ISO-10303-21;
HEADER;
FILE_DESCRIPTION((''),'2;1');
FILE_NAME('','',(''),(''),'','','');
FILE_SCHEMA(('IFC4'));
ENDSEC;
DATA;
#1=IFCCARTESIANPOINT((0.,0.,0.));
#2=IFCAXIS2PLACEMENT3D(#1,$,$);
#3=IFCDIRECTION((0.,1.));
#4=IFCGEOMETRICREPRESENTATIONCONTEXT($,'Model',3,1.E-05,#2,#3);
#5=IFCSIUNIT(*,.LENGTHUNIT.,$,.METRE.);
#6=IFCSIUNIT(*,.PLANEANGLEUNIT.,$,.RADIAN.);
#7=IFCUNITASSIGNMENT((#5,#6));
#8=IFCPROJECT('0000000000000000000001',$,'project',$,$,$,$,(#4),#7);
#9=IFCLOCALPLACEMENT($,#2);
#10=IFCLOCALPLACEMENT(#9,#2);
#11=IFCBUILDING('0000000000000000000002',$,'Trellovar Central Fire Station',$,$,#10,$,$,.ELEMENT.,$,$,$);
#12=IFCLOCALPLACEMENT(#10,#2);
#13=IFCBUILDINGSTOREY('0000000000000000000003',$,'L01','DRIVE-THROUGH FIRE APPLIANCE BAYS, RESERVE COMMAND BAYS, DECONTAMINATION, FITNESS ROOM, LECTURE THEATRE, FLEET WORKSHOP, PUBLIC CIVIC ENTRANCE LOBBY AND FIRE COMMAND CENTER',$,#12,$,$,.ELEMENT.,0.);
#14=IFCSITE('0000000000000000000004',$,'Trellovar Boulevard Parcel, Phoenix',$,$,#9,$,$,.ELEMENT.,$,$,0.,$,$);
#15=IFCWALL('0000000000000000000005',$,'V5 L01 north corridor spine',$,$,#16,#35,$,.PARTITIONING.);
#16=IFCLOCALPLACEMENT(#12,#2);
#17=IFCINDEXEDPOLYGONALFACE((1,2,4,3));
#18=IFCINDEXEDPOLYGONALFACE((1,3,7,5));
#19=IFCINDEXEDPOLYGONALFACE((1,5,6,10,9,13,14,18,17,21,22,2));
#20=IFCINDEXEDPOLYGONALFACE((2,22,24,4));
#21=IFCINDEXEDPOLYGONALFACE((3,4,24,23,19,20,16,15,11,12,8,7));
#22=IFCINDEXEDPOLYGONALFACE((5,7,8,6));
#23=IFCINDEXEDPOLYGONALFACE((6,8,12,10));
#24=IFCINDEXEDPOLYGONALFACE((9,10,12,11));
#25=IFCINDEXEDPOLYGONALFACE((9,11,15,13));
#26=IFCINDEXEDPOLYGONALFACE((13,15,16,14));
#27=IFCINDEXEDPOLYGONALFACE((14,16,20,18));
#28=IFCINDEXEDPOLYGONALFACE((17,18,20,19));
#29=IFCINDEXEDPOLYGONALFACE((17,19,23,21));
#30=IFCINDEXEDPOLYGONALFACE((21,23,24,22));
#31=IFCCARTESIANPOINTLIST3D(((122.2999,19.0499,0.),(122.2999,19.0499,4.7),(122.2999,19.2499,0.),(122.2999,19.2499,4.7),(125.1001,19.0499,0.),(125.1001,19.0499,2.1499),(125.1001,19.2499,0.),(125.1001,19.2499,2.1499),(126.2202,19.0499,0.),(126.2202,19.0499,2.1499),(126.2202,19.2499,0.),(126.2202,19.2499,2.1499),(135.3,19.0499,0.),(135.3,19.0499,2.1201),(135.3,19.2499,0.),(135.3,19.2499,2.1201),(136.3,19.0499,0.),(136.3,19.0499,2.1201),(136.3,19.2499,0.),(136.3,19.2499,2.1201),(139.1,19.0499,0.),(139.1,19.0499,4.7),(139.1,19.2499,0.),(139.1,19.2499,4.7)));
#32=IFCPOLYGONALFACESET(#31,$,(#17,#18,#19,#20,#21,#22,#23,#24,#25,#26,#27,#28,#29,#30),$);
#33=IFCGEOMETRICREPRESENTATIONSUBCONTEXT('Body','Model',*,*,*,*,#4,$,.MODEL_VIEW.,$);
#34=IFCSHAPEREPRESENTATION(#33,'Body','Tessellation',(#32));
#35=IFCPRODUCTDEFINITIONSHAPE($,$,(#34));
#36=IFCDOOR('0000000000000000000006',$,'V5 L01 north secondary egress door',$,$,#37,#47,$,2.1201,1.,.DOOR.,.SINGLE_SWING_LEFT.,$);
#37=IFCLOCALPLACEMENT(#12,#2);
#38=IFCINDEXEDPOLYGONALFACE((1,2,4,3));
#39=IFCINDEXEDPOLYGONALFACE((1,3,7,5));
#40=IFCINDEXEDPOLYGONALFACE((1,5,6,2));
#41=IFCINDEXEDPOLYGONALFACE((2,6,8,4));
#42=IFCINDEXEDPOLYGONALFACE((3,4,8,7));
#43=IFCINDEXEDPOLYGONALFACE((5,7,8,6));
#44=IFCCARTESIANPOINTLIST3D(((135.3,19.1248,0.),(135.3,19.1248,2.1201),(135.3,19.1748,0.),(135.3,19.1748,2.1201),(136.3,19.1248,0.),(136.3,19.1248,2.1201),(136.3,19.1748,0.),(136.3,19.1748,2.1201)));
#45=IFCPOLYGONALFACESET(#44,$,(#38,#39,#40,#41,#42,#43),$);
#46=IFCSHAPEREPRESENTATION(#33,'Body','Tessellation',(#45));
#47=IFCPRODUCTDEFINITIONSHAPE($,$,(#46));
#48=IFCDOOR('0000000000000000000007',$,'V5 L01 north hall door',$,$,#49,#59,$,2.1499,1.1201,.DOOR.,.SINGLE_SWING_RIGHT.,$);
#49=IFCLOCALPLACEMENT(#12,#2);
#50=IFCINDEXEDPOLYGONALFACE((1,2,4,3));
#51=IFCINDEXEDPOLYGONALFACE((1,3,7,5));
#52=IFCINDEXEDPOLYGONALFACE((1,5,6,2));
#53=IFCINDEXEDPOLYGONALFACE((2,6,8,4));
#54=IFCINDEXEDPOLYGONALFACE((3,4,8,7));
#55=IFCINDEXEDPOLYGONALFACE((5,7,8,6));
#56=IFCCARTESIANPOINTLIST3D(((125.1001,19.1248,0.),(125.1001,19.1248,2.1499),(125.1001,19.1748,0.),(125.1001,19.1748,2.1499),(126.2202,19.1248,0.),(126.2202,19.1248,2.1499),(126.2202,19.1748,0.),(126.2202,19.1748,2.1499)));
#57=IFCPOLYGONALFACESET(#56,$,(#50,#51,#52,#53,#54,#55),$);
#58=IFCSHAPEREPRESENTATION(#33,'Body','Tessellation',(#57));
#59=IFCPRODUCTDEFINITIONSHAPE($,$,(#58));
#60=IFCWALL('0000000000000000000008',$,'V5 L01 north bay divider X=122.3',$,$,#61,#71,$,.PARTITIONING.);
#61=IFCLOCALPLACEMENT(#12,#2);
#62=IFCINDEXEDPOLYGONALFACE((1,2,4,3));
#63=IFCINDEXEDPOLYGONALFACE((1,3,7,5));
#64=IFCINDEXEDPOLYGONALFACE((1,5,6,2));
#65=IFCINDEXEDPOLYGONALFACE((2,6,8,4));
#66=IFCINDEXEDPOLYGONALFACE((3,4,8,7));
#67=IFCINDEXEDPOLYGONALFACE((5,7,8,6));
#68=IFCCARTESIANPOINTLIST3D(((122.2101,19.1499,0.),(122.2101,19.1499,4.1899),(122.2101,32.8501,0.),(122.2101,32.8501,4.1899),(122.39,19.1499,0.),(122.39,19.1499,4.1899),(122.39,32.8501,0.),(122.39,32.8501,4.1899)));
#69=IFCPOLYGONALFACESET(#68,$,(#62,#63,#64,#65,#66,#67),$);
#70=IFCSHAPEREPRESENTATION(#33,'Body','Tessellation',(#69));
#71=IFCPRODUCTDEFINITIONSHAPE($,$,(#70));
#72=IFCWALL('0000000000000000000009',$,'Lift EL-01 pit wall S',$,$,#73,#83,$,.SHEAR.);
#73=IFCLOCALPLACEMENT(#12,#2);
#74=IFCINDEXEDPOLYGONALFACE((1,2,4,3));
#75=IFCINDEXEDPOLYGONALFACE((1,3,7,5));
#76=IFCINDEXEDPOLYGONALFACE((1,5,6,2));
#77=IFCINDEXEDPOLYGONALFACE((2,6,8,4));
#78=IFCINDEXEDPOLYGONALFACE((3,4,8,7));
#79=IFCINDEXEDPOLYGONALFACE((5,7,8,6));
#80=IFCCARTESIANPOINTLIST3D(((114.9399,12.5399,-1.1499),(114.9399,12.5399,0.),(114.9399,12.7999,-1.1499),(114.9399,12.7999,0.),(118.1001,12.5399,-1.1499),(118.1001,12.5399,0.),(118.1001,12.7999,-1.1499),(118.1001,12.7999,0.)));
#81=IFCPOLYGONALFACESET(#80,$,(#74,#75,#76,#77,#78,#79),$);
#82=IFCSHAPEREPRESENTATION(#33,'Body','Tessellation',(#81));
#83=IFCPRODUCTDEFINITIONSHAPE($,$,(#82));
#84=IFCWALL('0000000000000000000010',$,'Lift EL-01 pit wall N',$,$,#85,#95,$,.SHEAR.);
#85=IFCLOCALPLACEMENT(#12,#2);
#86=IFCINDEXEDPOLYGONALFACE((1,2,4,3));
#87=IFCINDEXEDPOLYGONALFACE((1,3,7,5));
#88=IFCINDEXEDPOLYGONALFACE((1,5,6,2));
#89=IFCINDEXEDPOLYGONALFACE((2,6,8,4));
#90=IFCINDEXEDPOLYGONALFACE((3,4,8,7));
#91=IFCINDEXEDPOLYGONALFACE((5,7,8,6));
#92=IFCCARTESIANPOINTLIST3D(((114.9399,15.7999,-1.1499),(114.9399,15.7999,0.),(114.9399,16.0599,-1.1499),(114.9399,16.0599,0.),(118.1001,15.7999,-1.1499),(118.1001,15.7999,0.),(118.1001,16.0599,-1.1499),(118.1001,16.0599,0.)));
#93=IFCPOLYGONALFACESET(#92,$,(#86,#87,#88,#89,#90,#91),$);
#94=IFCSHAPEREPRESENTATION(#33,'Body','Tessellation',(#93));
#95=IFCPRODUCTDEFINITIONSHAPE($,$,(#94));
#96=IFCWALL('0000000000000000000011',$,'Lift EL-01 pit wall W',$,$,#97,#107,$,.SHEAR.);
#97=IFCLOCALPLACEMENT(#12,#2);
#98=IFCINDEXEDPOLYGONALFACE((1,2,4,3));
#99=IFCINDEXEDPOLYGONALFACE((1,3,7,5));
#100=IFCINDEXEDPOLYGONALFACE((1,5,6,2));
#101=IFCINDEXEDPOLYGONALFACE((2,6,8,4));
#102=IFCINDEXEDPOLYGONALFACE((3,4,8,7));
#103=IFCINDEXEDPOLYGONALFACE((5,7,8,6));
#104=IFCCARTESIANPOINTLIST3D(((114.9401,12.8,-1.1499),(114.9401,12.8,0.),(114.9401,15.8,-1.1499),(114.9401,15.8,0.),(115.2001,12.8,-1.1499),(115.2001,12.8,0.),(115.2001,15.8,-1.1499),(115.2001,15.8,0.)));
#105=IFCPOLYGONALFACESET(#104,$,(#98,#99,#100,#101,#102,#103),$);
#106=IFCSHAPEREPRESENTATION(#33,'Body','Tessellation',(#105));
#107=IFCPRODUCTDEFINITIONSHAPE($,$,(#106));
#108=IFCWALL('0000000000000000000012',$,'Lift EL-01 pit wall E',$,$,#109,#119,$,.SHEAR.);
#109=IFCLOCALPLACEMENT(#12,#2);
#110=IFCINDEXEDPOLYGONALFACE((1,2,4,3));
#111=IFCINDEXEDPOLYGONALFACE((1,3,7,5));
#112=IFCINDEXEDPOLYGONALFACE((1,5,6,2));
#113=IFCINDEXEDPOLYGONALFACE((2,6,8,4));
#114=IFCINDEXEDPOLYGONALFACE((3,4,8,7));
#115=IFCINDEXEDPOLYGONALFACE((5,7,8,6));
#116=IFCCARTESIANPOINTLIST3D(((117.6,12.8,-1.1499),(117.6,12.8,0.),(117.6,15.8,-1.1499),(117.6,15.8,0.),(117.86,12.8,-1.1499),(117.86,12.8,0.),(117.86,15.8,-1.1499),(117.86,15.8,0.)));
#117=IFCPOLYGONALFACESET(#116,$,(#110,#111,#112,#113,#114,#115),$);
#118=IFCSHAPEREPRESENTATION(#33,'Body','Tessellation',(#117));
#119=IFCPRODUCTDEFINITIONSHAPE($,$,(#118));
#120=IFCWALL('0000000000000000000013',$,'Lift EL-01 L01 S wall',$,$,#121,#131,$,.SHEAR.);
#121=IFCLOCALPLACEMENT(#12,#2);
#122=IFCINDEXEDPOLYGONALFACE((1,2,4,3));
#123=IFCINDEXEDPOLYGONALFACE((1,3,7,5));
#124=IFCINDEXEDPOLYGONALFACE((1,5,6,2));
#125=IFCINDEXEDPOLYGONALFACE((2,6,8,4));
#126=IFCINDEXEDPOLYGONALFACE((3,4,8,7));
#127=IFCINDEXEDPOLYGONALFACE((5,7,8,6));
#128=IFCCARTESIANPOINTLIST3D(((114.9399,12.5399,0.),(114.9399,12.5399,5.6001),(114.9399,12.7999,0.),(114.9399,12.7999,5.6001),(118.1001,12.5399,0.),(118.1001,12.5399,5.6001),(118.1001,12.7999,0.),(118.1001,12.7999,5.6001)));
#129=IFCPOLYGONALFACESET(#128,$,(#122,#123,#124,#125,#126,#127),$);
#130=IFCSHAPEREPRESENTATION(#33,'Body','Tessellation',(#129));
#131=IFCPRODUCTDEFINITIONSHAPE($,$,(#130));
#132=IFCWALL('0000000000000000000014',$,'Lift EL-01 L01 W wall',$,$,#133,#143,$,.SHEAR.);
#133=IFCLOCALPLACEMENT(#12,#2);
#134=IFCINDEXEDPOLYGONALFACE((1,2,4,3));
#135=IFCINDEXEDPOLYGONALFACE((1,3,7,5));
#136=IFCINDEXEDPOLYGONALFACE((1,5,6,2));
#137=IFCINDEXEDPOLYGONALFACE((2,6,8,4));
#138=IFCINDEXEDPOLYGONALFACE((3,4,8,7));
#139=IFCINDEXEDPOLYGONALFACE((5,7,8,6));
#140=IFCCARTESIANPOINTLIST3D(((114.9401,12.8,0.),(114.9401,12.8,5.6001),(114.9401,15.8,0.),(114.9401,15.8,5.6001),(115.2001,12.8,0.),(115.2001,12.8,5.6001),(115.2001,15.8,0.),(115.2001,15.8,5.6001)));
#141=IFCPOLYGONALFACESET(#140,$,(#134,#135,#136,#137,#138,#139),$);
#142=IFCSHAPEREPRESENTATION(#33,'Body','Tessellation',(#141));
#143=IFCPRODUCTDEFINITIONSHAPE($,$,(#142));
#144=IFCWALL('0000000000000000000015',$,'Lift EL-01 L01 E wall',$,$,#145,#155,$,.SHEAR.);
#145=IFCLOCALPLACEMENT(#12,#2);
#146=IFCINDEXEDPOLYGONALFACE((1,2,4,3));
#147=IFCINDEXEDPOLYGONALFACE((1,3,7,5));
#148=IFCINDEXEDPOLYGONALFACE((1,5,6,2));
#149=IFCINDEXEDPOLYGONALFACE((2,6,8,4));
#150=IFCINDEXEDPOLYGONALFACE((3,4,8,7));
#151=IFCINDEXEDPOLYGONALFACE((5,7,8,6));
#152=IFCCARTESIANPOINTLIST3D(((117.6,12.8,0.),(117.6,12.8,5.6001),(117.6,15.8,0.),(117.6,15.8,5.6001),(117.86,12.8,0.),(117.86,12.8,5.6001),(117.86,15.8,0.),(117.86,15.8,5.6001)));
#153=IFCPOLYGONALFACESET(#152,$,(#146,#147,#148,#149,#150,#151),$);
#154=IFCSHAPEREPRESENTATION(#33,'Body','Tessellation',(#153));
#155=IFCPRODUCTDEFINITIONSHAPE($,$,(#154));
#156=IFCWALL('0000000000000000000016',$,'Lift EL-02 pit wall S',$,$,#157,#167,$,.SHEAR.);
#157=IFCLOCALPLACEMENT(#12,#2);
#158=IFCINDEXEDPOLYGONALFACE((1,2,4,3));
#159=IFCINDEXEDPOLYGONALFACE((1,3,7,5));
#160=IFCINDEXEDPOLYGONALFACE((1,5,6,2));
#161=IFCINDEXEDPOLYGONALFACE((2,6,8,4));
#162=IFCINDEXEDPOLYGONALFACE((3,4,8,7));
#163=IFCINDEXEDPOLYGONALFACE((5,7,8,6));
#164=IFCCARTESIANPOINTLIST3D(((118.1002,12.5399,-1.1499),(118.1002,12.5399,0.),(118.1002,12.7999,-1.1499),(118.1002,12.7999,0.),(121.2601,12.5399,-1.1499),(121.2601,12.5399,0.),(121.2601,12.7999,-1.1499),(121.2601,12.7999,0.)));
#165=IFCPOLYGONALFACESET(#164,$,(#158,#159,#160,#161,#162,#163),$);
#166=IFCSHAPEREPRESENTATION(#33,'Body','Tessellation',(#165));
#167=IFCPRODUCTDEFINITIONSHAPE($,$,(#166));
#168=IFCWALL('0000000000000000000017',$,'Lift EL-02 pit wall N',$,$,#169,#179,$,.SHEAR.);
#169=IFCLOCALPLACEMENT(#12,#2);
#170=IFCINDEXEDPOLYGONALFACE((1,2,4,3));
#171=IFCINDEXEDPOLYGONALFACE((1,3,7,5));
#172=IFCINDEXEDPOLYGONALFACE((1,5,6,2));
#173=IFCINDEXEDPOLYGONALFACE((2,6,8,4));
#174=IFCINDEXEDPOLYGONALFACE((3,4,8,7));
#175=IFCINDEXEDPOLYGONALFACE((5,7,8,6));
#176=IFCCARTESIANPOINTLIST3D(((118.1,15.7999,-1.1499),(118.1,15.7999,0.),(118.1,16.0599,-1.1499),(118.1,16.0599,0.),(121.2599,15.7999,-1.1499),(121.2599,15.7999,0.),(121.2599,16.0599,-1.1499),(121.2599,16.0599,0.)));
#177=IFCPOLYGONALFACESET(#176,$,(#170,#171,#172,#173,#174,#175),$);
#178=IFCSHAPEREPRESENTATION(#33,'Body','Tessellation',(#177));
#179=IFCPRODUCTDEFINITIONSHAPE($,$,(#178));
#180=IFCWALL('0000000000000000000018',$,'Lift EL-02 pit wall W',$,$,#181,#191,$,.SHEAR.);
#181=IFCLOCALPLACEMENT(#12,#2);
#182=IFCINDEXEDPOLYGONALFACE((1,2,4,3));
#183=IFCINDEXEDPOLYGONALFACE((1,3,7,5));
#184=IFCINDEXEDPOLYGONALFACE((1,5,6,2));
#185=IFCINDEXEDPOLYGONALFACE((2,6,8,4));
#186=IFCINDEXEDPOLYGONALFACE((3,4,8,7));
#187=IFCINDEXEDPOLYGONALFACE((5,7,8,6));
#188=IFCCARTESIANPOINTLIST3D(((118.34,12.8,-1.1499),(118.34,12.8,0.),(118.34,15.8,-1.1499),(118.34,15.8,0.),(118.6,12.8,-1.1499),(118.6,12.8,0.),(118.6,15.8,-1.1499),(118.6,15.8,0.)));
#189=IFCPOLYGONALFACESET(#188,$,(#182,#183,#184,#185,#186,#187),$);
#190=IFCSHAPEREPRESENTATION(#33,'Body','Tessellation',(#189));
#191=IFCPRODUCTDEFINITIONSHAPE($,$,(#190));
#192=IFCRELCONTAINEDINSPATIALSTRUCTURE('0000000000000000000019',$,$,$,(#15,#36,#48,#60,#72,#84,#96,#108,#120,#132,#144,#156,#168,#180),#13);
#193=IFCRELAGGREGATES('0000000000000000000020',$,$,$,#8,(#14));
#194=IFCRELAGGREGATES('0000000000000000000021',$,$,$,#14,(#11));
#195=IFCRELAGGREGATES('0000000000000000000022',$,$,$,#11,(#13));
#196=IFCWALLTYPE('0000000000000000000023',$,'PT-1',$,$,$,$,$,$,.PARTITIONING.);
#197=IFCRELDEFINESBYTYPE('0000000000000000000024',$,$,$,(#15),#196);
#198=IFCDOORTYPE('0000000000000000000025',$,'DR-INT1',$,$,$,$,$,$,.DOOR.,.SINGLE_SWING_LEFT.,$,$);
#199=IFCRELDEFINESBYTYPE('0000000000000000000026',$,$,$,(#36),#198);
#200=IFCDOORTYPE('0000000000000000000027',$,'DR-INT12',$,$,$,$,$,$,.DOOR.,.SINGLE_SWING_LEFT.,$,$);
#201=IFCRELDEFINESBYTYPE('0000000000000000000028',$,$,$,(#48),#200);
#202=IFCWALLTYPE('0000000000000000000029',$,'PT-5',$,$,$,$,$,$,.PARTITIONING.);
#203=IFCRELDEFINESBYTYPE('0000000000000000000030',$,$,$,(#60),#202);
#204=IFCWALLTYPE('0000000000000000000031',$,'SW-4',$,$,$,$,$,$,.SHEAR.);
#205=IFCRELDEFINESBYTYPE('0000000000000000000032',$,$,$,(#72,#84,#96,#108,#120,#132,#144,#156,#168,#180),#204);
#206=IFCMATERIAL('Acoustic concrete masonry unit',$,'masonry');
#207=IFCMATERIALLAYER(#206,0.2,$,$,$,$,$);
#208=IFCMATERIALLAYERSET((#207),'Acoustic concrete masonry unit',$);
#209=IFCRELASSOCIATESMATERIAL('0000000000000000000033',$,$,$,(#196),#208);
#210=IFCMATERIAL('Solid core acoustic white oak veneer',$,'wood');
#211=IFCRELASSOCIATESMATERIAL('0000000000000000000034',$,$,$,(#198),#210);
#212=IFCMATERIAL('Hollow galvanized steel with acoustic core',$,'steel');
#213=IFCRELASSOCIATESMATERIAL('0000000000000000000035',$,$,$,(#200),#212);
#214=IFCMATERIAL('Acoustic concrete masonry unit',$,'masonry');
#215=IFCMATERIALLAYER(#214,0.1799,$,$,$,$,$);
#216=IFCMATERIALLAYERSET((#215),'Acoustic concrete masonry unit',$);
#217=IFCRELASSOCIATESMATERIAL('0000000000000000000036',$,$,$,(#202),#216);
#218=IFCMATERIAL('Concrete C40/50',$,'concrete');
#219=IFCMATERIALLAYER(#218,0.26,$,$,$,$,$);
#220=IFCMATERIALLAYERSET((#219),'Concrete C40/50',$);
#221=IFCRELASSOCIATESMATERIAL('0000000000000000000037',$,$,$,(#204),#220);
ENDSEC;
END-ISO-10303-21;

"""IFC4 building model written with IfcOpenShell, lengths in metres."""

from ifc_helpers import new_model, si_unit, direction, frame, frame_2d, origin, place, context, subcontext, project, spatial, rectangle, extrude, material, layer, layer_set, type_object, element, fill, save


model = new_model("IFC4")

# Units and contexts
model_context = context("Model", 3, precision=1e-05, world=origin(), true_north=direction((0.0, 1.0)))
body_context = subcontext(model_context, "Body", "Model", "MODEL_VIEW")
ifc_project = project(units=[si_unit("LENGTHUNIT", "METRE"), si_unit("PLANEANGLEUNIT", "RADIAN")], contexts=[model_context])

# Site, building, storey
site_placement = place(None, origin())
site = spatial("IfcSite", under=ifc_project, at=site_placement, Name="Trellovar Boulevard Parcel, Phoenix", CompositionType="ELEMENT", RefElevation=0.0)
building_placement = place(site_placement, origin())
building = spatial("IfcBuilding", under=site, at=building_placement, Name="Trellovar Central Fire Station", CompositionType="ELEMENT")
storey_placement = place(building_placement, origin())
storey = spatial("IfcBuildingStorey", under=building, at=storey_placement, Name="L01", Description="DRIVE-THROUGH FIRE APPLIANCE BAYS, RESERVE COMMAND BAYS, DECONTAMINATION, FITNESS ROOM, LECTURE THEATRE, FLEET WORKSHOP, PUBLIC CIVIC ENTRANCE LOBBY AND FIRE COMMAND CENTER", CompositionType="ELEMENT", Elevation=0.0)

# Shared definitions
ifc_material_1 = material(Name="Acoustic concrete masonry unit", Category="masonry")
ifc_layer_1 = layer(ifc_material_1, 0.2)
ifc_layer_set_1 = layer_set([ifc_layer_1], Name="Acoustic concrete masonry unit")
wall_type_1 = type_object("IfcWallType", Name="PT-1", PredefinedType="PARTITIONING", material=ifc_layer_set_1)

# Wall, openings, doors
wall_1_placement = place(storey_placement, frame((122.3, 19.1499, 0.0), z_axis=(0.0, 0.0, 1.0), x_axis=(1.0, 0.0, 0.0)))
wall_1 = element("IfcWall", 1, at=wall_1_placement, inside=storey, type_object=wall_type_1, Name="V5 L01 north corridor spine", PredefinedType="PARTITIONING", context=body_context, shape_type="SweptSolid", body=[
    extrude(rectangle(XDim=16.8, YDim=0.2, at=frame_2d((8.3999, 0.0))), origin(), (0.0, 0.0, 1.0), 4.7),
])
opening_1_placement = place(wall_1_placement, frame((2.8, 0.0, 0.0)))
opening_1 = element("IfcOpeningElement", 2, at=opening_1_placement, cuts=wall_1, PredefinedType="OPENING", context=body_context, shape_type="SweptSolid", body=[
    extrude(rectangle(XDim=1.1201, YDim=2.1499, at=frame_2d((0.5601, 1.075))), frame((0.0, 0.1099, 0.0), z_axis=(0.0, -1.0, 0.0), x_axis=(1.0, 0.0, 0.0)), (0.0, 0.0, 1.0), 0.22),
])
opening_2_placement = place(wall_1_placement, frame((13.0, 0.0, 0.0)))
opening_2 = element("IfcOpeningElement", 3, at=opening_2_placement, cuts=wall_1, PredefinedType="OPENING", context=body_context, shape_type="SweptSolid", body=[
    extrude(rectangle(XDim=1.0, YDim=2.1201, at=frame_2d((0.5, 1.0601))), frame((0.0, 0.1099, 0.0), z_axis=(0.0, -1.0, 0.0), x_axis=(1.0, 0.0, 0.0)), (0.0, 0.0, 1.0), 0.22),
])
ifc_material_2 = material(Name="Solid core acoustic white oak veneer", Category="wood")
door_type_1 = type_object("IfcDoorType", Name="DR-INT1", OperationType="SINGLE_SWING_LEFT", PredefinedType="DOOR", material=ifc_material_2)
door_1_placement = place(opening_2_placement, origin())
door_1 = element("IfcDoor", 4, at=door_1_placement, inside=storey, type_object=door_type_1, Name="V5 L01 north secondary egress door", OperationType="SINGLE_SWING_LEFT", OverallHeight=2.1201, OverallWidth=1.0, PredefinedType="DOOR", context=body_context, shape_type="SweptSolid", body=[
    extrude(rectangle(XDim=1.0, YDim=2.1201, at=frame_2d((0.5, 1.0601))), frame((0.0, 0.0249, 0.0), z_axis=(0.0, -1.0, 0.0), x_axis=(1.0, 0.0, 0.0)), (0.0, 0.0, 1.0), 0.05),
])
fill(opening_2, door_1)
ifc_material_3 = material(Name="Hollow galvanized steel with acoustic core", Category="steel")
door_type_2 = type_object("IfcDoorType", Name="DR-INT12", OperationType="SINGLE_SWING_LEFT", PredefinedType="DOOR", material=ifc_material_3)
door_2_placement = place(opening_1_placement, origin())
door_2 = element("IfcDoor", 5, at=door_2_placement, inside=storey, type_object=door_type_2, Name="V5 L01 north hall door", OperationType="SINGLE_SWING_RIGHT", OverallHeight=2.1499, OverallWidth=1.1201, PredefinedType="DOOR", context=body_context, shape_type="SweptSolid", body=[
    extrude(rectangle(XDim=1.1201, YDim=2.1499, at=frame_2d((0.5601, 1.075))), frame((0.0, 0.0249, 0.0), z_axis=(0.0, -1.0, 0.0), x_axis=(1.0, 0.0, 0.0)), (0.0, 0.0, 1.0), 0.05),
])
fill(opening_1, door_2)

# Walls
ifc_material_4 = material(Name="Acoustic concrete masonry unit", Category="masonry")
ifc_layer_2 = layer(ifc_material_4, 0.1799)
ifc_layer_set_2 = layer_set([ifc_layer_2], Name="Acoustic concrete masonry unit")
wall_type_2 = type_object("IfcWallType", Name="PT-5", PredefinedType="PARTITIONING", material=ifc_layer_set_2)
wall_2_placement = place(storey_placement, frame((122.3, 19.1499, 0.0), z_axis=(0.0, 0.0, 1.0), x_axis=(0.0, 1.0, 0.0)))
element("IfcWall", 6, at=wall_2_placement, inside=storey, type_object=wall_type_2, Name="V5 L01 north bay divider X=122.3", PredefinedType="PARTITIONING", context=body_context, shape_type="SweptSolid", body=[
    extrude(rectangle(XDim=13.7002, YDim=0.1799, at=frame_2d((6.8501, 0.0))), origin(), (0.0, 0.0, 1.0), 4.1899),
])
ifc_material_5 = material(Name="Concrete C40/50", Category="concrete")
ifc_layer_3 = layer(ifc_material_5, 0.26)
ifc_layer_set_3 = layer_set([ifc_layer_3], Name="Concrete C40/50")
wall_type_3 = type_object("IfcWallType", Name="SW-4", PredefinedType="SHEAR", material=ifc_layer_set_3)
for number, where, z_axis, x_axis, name in (
    (7, (114.9399, 12.6699, -1.1499), (0.0, 0.0, 1.0), (1.0, 0.0, 0.0), "Lift EL-01 pit wall S"),
    (8, (118.1001, 15.9299, -1.1499), (0.0, 0.0, 1.0), (-1.0, 0.0, 0.0), "Lift EL-01 pit wall N"),
):
    element("IfcWall", number, at=place(storey_placement, frame(where, z_axis=z_axis, x_axis=x_axis)), inside=storey, type_object=wall_type_3, Name=name, PredefinedType="SHEAR", context=body_context, shape_type="SweptSolid", body=[
        extrude(rectangle(XDim=3.1602, YDim=0.26, at=frame_2d((1.5801, 0.0))), origin(), (0.0, 0.0, 1.0), 1.1499),
    ])
for number, where, z_axis, x_axis, name in (
    (9, (115.0701, 15.8, -1.1499), (0.0, 0.0, 1.0), (0.0, -1.0, 0.0), "Lift EL-01 pit wall W"),
    (10, (117.73, 12.8, -1.1499), (0.0, 0.0, 1.0), (0.0, 1.0, 0.0), "Lift EL-01 pit wall E"),
):
    element("IfcWall", number, at=place(storey_placement, frame(where, z_axis=z_axis, x_axis=x_axis)), inside=storey, type_object=wall_type_3, Name=name, PredefinedType="SHEAR", context=body_context, shape_type="SweptSolid", body=[
        extrude(rectangle(XDim=3.0, YDim=0.26, at=frame_2d((1.5, 0.0))), origin(), (0.0, 0.0, 1.0), 1.1499),
    ])
wall_3_placement = place(storey_placement, frame((114.9399, 12.6699, 0.0), z_axis=(0.0, 0.0, 1.0), x_axis=(1.0, 0.0, 0.0)))
element("IfcWall", 11, at=wall_3_placement, inside=storey, type_object=wall_type_3, Name="Lift EL-01 L01 S wall", PredefinedType="SHEAR", context=body_context, shape_type="SweptSolid", body=[
    extrude(rectangle(XDim=3.1602, YDim=0.26, at=frame_2d((1.5801, 0.0))), origin(), (0.0, 0.0, 1.0), 5.6001),
])

# Walls
for number, where, z_axis, x_axis, name in (
    (12, (115.0701, 15.8, 0.0), (0.0, 0.0, 1.0), (0.0, -1.0, 0.0), "Lift EL-01 L01 W wall"),
    (13, (117.73, 12.8, 0.0), (0.0, 0.0, 1.0), (0.0, 1.0, 0.0), "Lift EL-01 L01 E wall"),
):
    element("IfcWall", number, at=place(storey_placement, frame(where, z_axis=z_axis, x_axis=x_axis)), inside=storey, type_object=wall_type_3, Name=name, PredefinedType="SHEAR", context=body_context, shape_type="SweptSolid", body=[
        extrude(rectangle(XDim=3.0, YDim=0.26, at=frame_2d((1.5, 0.0))), origin(), (0.0, 0.0, 1.0), 5.6001),
    ])
for number, where, z_axis, x_axis, name in (
    (14, (118.1001, 12.6699, -1.1499), (0.0, 0.0, 1.0), (1.0, 0.0, 0.0), "Lift EL-02 pit wall S"),
    (15, (121.26, 15.9299, -1.1499), (0.0, 0.0, 1.0), (-1.0, 0.0, 0.0), "Lift EL-02 pit wall N"),
):
    element("IfcWall", number, at=place(storey_placement, frame(where, z_axis=z_axis, x_axis=x_axis)), inside=storey, type_object=wall_type_3, Name=name, PredefinedType="SHEAR", context=body_context, shape_type="SweptSolid", body=[
        extrude(rectangle(XDim=3.1599, YDim=0.26, at=frame_2d((1.5801, 0.0))), origin(), (0.0, 0.0, 1.0), 1.1499),
    ])
for number, where, z_axis, x_axis, name in (
    (16, (118.47, 15.8, -1.1499), (0.0, 0.0, 1.0), (0.0, -1.0, 0.0), "Lift EL-02 pit wall W"),
):
    element("IfcWall", number, at=place(storey_placement, frame(where, z_axis=z_axis, x_axis=x_axis)), inside=storey, type_object=wall_type_3, Name=name, PredefinedType="SHEAR", context=body_context, shape_type="SweptSolid", body=[
        extrude(rectangle(XDim=3.0, YDim=0.26, at=frame_2d((1.5, 0.0))), origin(), (0.0, 0.0, 1.0), 1.1499),
    ])

save(model, "model.ifc")
